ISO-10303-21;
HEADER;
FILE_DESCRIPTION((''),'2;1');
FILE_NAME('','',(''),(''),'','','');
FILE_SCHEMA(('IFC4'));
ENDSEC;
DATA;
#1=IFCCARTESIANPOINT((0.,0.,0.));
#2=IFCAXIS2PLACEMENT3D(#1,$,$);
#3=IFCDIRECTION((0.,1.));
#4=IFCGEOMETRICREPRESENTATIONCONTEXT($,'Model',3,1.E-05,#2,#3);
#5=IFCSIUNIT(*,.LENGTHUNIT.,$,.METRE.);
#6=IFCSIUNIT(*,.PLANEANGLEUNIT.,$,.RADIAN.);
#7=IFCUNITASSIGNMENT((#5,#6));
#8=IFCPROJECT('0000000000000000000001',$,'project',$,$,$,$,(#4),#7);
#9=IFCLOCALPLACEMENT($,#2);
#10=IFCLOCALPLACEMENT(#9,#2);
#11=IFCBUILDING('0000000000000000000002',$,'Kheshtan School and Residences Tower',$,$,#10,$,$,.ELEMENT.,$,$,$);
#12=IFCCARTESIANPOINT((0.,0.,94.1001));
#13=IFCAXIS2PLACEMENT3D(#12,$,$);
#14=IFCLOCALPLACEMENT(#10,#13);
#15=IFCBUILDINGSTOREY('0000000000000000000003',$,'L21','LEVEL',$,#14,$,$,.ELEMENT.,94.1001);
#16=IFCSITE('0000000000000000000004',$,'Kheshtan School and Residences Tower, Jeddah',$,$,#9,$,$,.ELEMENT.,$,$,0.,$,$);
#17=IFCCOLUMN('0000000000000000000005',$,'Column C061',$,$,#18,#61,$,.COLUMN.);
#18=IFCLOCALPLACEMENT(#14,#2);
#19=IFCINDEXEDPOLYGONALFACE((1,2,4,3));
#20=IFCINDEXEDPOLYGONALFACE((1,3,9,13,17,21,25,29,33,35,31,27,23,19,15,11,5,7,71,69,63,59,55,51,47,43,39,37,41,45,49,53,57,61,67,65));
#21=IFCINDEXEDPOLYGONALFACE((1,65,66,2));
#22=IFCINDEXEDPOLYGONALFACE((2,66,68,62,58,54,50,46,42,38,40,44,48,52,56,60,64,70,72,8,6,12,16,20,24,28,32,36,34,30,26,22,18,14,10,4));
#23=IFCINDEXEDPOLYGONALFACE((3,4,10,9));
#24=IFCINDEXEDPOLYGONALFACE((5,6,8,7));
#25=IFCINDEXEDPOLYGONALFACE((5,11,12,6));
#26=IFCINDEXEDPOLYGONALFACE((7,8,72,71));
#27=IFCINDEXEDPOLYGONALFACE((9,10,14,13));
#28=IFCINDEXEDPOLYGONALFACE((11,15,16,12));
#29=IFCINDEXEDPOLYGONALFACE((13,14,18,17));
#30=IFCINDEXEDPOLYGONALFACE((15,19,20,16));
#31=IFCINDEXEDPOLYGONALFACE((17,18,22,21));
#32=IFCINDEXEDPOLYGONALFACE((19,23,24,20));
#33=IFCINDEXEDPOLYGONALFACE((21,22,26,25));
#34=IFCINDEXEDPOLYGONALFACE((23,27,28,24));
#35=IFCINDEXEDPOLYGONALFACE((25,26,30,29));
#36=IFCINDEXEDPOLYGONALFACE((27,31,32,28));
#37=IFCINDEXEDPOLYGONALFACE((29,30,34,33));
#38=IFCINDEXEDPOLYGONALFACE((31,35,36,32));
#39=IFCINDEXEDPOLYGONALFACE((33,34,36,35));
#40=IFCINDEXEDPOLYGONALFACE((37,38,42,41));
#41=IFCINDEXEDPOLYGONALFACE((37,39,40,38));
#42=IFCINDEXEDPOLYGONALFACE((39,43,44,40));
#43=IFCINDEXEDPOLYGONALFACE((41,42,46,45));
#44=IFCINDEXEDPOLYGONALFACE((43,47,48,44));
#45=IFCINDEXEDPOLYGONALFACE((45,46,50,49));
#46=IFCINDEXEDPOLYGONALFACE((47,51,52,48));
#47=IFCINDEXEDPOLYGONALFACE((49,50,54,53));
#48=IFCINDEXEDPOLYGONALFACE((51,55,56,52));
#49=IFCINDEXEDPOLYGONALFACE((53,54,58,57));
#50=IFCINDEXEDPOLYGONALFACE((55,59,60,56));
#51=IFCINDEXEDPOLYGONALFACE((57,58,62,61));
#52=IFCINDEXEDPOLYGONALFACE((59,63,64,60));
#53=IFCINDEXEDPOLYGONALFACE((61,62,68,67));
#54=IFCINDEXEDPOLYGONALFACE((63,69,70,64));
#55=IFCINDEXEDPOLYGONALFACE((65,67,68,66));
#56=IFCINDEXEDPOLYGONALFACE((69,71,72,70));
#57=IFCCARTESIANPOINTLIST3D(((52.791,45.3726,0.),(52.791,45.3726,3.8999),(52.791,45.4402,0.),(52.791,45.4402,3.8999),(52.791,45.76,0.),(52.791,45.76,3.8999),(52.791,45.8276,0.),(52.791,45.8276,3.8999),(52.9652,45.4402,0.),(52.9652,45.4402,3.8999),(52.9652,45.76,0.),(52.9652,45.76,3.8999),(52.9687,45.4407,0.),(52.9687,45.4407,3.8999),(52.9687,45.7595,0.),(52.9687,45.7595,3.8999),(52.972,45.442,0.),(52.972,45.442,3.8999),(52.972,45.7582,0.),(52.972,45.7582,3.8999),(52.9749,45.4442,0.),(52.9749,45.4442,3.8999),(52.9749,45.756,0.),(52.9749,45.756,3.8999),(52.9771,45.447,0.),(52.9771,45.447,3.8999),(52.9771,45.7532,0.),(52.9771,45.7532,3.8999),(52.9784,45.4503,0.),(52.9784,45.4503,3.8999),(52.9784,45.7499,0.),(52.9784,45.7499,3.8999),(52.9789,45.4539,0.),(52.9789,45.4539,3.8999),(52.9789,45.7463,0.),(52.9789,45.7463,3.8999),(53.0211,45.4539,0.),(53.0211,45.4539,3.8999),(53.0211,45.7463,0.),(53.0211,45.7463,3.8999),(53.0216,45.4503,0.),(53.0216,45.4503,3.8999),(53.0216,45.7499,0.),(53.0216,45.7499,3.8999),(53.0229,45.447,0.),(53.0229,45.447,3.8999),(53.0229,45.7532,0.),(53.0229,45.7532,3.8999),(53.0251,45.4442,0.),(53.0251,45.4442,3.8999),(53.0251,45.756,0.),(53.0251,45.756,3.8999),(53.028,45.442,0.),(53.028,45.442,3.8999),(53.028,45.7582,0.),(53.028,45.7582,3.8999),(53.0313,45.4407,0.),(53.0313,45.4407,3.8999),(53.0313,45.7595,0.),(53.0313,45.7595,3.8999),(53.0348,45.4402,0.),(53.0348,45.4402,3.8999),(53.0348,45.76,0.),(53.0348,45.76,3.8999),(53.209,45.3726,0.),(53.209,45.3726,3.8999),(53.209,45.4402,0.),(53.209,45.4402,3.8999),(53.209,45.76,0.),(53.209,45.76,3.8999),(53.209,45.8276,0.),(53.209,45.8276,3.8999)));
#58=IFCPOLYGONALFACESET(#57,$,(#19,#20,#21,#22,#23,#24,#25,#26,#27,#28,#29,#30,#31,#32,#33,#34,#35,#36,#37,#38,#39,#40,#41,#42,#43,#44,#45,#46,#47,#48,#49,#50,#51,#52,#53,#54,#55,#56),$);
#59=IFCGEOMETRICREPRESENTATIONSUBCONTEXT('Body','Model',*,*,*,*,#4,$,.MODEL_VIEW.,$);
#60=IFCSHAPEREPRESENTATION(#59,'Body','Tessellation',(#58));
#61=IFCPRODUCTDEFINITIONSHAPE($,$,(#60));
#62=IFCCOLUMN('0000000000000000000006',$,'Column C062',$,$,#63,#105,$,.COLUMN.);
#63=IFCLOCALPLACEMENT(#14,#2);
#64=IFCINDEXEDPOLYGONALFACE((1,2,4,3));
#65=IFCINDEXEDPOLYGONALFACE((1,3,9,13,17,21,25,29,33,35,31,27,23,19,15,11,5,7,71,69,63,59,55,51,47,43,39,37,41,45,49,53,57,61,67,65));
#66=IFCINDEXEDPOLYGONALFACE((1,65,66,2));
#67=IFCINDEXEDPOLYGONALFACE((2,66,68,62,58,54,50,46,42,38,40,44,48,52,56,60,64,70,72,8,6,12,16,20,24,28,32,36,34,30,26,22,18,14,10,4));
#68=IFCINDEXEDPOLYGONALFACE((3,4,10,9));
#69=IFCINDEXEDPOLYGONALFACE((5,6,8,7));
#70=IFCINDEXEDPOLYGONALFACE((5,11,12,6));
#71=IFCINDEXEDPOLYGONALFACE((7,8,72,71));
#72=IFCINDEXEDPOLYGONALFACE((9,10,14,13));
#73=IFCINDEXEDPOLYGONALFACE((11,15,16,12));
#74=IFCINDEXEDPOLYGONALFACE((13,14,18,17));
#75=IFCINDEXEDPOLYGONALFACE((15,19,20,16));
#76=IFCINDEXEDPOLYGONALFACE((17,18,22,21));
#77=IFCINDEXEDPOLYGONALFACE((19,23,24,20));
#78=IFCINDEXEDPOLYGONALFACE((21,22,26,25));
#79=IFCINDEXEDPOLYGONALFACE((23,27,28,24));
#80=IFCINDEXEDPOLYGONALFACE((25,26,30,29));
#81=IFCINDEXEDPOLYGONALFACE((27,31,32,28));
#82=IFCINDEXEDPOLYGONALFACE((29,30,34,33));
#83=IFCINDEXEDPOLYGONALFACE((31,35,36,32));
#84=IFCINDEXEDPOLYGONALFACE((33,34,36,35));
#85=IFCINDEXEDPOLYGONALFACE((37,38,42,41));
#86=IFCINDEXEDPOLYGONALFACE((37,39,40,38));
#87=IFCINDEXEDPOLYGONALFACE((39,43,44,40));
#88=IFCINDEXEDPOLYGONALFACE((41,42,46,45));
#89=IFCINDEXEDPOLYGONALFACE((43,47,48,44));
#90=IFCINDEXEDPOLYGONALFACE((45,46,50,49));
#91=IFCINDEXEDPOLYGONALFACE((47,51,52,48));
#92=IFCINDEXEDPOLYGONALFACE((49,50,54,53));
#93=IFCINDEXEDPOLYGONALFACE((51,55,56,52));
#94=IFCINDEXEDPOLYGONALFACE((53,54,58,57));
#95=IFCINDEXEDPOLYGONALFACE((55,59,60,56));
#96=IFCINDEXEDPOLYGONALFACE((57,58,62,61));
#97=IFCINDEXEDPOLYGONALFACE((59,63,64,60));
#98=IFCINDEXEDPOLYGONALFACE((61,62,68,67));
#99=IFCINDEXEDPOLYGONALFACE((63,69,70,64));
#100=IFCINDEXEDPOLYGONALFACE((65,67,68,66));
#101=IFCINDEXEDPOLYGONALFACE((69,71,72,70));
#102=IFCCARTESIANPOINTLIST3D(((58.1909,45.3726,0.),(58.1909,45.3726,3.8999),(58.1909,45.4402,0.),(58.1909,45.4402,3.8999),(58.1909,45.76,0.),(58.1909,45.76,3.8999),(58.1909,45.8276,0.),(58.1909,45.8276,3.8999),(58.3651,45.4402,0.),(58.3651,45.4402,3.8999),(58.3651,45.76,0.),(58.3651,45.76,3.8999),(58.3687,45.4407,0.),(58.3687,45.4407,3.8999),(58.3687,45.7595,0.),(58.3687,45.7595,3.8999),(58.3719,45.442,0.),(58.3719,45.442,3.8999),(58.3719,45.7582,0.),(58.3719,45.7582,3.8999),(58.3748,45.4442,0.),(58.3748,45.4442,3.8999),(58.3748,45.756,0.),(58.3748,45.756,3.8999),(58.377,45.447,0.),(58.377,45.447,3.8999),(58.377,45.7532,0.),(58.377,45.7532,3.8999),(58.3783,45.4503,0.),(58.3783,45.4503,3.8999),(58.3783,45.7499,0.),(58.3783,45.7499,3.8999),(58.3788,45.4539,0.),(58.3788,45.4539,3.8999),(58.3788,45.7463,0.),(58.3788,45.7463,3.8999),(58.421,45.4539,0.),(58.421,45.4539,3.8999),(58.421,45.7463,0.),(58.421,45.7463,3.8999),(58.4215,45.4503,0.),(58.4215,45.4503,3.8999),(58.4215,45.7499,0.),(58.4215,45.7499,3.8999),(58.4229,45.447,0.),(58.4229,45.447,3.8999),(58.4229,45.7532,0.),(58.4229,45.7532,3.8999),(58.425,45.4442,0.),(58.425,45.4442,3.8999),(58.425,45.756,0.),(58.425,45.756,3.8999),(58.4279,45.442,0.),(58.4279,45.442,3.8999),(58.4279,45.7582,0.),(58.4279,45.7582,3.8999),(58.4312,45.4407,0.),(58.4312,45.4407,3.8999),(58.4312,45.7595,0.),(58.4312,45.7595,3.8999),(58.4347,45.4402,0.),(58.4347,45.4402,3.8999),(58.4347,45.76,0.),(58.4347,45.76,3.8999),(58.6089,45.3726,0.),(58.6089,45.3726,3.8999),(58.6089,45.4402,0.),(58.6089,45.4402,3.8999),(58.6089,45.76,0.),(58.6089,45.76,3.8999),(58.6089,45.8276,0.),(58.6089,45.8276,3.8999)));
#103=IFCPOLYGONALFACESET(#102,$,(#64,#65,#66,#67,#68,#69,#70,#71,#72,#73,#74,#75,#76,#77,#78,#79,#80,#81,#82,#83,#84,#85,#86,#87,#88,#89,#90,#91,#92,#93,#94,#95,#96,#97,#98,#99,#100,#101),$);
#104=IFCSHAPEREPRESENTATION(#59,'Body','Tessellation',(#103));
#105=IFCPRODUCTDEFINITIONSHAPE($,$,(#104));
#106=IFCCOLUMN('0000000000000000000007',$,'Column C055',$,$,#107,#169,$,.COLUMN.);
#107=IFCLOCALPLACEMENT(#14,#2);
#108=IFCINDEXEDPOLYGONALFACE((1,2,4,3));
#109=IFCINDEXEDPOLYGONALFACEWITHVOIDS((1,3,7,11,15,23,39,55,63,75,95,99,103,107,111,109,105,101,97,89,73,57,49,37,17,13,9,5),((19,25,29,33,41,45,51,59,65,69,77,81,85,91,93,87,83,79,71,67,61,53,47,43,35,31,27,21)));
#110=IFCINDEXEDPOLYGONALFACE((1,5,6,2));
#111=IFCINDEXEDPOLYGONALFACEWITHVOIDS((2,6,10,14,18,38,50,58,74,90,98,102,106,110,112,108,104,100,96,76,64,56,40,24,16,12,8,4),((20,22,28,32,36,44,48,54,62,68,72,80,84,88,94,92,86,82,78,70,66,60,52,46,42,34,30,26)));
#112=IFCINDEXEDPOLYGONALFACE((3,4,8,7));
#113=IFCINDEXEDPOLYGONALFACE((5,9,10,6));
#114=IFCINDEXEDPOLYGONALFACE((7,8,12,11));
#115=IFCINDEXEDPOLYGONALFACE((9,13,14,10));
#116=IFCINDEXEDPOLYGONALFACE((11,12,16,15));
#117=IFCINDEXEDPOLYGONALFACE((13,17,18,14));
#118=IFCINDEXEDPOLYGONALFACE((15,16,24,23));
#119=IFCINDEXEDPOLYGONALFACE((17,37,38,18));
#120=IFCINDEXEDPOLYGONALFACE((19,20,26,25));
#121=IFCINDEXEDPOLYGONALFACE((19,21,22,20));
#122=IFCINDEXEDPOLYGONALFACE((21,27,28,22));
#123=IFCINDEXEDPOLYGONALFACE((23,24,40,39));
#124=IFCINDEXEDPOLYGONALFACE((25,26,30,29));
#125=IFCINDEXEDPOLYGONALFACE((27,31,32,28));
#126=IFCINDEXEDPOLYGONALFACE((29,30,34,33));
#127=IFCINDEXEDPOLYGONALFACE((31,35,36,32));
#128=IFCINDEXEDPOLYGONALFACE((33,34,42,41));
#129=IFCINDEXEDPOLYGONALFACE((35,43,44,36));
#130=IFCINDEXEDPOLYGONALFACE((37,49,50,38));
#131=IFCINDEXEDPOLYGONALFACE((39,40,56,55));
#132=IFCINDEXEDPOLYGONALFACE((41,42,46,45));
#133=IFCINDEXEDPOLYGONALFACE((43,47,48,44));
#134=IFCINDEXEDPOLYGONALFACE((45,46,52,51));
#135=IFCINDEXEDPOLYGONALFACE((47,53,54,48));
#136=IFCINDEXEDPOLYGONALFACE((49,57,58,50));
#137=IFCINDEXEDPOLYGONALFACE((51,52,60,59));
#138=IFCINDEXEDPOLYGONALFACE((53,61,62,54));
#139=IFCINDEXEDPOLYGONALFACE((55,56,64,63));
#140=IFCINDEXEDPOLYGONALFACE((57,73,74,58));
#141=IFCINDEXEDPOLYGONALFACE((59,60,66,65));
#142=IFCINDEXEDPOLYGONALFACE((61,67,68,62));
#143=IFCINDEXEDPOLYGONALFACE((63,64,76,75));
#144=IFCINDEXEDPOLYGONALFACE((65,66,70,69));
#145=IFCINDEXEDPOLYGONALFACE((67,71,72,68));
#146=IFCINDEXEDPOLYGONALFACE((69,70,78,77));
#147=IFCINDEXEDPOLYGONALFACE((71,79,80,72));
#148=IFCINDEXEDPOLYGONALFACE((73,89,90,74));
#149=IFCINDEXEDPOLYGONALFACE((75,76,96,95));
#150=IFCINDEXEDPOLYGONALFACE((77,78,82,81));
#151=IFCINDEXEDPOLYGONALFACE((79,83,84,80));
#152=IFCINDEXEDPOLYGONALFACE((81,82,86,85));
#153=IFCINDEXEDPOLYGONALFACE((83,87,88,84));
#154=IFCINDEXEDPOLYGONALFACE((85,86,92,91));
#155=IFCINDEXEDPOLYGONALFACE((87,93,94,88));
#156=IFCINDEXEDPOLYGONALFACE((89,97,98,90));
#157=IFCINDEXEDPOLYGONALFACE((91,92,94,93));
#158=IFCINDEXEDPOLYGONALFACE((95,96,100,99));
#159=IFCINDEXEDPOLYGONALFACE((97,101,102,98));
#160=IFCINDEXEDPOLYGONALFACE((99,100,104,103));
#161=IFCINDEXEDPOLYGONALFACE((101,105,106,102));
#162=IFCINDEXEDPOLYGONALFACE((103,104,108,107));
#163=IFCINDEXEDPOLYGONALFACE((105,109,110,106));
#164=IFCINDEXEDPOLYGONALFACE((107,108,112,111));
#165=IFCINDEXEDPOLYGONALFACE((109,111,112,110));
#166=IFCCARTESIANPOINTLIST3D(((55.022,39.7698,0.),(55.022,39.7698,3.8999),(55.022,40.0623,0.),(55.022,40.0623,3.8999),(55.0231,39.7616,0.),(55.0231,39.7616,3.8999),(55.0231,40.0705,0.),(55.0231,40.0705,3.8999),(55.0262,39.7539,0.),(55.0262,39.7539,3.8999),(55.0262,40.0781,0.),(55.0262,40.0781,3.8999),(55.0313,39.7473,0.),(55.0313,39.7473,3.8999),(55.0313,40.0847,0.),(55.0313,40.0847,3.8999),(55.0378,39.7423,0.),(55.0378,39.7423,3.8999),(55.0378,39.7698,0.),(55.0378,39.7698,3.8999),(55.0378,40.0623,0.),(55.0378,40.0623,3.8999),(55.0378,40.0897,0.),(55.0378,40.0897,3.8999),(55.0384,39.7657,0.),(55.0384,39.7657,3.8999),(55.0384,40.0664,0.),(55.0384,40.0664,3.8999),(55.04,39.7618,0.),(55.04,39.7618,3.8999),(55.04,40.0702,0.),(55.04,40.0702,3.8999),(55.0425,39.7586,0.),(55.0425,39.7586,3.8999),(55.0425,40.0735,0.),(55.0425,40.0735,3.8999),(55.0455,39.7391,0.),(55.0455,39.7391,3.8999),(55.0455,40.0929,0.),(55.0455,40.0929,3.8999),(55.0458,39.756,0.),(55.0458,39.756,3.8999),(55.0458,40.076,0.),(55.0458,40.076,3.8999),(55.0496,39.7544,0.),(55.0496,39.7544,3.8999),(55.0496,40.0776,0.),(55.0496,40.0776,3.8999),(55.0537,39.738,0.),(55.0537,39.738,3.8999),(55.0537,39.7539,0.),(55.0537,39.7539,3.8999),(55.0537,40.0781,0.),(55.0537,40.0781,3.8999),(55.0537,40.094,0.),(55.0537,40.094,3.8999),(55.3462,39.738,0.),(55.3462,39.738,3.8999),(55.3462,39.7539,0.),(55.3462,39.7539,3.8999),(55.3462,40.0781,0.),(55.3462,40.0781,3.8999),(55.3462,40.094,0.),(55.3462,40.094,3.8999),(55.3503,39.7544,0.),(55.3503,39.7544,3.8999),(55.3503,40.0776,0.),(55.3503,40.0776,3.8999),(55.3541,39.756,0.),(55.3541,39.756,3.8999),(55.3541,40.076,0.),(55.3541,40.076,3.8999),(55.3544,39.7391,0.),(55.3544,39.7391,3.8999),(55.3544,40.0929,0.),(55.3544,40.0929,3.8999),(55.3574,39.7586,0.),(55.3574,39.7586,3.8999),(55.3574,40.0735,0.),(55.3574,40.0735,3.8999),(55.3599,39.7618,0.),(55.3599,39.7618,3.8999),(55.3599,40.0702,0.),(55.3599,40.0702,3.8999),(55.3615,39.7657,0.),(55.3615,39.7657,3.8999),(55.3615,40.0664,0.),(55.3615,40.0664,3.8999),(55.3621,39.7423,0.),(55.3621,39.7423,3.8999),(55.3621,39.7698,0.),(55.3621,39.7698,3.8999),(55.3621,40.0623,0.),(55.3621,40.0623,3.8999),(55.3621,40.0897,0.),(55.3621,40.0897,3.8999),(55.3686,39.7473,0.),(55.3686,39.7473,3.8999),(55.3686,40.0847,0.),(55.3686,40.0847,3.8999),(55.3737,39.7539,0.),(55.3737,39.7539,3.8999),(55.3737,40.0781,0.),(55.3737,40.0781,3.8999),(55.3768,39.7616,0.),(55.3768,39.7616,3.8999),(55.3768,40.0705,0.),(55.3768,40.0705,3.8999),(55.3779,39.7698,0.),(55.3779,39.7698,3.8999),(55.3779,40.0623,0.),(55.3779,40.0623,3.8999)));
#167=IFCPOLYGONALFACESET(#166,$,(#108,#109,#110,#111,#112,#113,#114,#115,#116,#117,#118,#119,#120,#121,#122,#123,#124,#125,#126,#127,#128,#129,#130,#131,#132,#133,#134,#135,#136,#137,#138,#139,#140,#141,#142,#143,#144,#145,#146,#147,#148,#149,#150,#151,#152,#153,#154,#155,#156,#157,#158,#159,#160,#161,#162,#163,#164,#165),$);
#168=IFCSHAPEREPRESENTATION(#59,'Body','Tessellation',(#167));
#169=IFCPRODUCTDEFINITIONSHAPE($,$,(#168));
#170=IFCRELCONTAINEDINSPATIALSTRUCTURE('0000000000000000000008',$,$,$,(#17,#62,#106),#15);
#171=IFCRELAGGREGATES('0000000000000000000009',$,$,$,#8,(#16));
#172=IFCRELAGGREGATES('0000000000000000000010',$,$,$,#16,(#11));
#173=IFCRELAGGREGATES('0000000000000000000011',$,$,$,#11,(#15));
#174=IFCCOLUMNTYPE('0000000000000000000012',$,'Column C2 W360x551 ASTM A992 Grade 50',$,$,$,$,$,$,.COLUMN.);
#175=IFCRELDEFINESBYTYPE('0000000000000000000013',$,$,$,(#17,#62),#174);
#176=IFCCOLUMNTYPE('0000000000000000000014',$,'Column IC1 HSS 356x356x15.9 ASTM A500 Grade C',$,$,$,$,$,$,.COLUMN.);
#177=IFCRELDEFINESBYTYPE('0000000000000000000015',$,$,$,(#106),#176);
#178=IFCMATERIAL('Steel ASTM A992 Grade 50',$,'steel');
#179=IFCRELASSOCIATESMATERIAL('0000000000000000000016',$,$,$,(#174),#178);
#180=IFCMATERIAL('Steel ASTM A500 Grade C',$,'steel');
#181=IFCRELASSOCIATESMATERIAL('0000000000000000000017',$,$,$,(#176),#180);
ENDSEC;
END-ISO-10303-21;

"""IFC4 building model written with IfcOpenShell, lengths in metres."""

from ifc_helpers import new_model, si_unit, direction, frame, origin, origin_2d, place, context, subcontext, project, spatial, hollow_rectangle, i_section, extrude, material, material_profile, profile_set, type_object, element, save


model = new_model("IFC4")

# Units and contexts
model_context = context("Model", 3, precision=1e-05, world=origin(), true_north=direction((0.0, 1.0)))
body_context = subcontext(model_context, "Body", "Model", "MODEL_VIEW")
ifc_project = project(units=[si_unit("LENGTHUNIT", "METRE"), si_unit("PLANEANGLEUNIT", "RADIAN")], contexts=[model_context])

# Site, building, storey
site_placement = place(None, origin())
site = spatial("IfcSite", under=ifc_project, at=site_placement, Name="Kheshtan School and Residences Tower, Jeddah", CompositionType="ELEMENT", RefElevation=0.0)
building_placement = place(site_placement, origin())
building = spatial("IfcBuilding", under=site, at=building_placement, Name="Kheshtan School and Residences Tower", CompositionType="ELEMENT")
storey_placement = place(building_placement, frame((0.0, 0.0, 94.1001)))
storey = spatial("IfcBuildingStorey", under=building, at=storey_placement, Name="L21", Description="LEVEL", CompositionType="ELEMENT", Elevation=94.1001)

# Columns
ifc_material_1 = material(Name="Steel ASTM A992 Grade 50", Category="steel")
ifc_material_profile_1 = material_profile(ifc_material_1, i_section(OverallWidth=0.418, OverallDepth=0.4551, WebThickness=0.0422, FlangeThickness=0.0676, FilletRadius=0.0137, at=origin_2d()), Name="W360x551")
ifc_profile_set_1 = profile_set([ifc_material_profile_1], Name="Steel ASTM A992 Grade 50")
column_type_1 = type_object("IfcColumnType", Name="Column C2 W360x551 ASTM A992 Grade 50", PredefinedType="COLUMN", material=ifc_profile_set_1)
for number, where, z_axis, x_axis, name in (
    (1, (53.0, 45.6001, 0.0), (0.0, 0.0, 1.0), (1.0, 0.0, 0.0), "Column C061"),
    (2, (58.3999, 45.6001, 0.0), (0.0, 0.0, 1.0), (1.0, 0.0, 0.0), "Column C062"),
):
    element("IfcColumn", number, at=place(storey_placement, frame(where, z_axis=z_axis, x_axis=x_axis)), inside=storey, type_object=column_type_1, Name=name, PredefinedType="COLUMN", context=body_context, shape_type="SweptSolid", body=[
        extrude(i_section(OverallWidth=0.418, OverallDepth=0.4551, WebThickness=0.0422, FlangeThickness=0.0676, FilletRadius=0.0137, at=origin_2d()), origin(), (0.0, 0.0, 1.0), 3.8999),
    ])
ifc_material_2 = material(Name="Steel ASTM A500 Grade C", Category="steel")
ifc_material_profile_2 = material_profile(ifc_material_2, hollow_rectangle(XDim=0.356, YDim=0.356, WallThickness=0.0159, InnerFilletRadius=0.0159, OuterFilletRadius=0.0317, at=origin_2d()), Name="HSS 356x356x15.9")
ifc_profile_set_2 = profile_set([ifc_material_profile_2], Name="Steel ASTM A500 Grade C")
column_type_2 = type_object("IfcColumnType", Name="Column IC1 HSS 356x356x15.9 ASTM A500 Grade C", PredefinedType="COLUMN", material=ifc_profile_set_2)
column_placement = place(storey_placement, frame((55.2, 39.916, 0.0), z_axis=(0.0, 0.0, 1.0), x_axis=(1.0, 0.0, 0.0)))
element("IfcColumn", 3, at=column_placement, inside=storey, type_object=column_type_2, Name="Column C055", PredefinedType="COLUMN", context=body_context, shape_type="SweptSolid", body=[
    extrude(hollow_rectangle(XDim=0.356, YDim=0.356, WallThickness=0.0159, InnerFilletRadius=0.0159, OuterFilletRadius=0.0317, at=origin_2d()), origin(), (0.0, 0.0, 1.0), 3.8999),
])

save(model, "model.ifc")
